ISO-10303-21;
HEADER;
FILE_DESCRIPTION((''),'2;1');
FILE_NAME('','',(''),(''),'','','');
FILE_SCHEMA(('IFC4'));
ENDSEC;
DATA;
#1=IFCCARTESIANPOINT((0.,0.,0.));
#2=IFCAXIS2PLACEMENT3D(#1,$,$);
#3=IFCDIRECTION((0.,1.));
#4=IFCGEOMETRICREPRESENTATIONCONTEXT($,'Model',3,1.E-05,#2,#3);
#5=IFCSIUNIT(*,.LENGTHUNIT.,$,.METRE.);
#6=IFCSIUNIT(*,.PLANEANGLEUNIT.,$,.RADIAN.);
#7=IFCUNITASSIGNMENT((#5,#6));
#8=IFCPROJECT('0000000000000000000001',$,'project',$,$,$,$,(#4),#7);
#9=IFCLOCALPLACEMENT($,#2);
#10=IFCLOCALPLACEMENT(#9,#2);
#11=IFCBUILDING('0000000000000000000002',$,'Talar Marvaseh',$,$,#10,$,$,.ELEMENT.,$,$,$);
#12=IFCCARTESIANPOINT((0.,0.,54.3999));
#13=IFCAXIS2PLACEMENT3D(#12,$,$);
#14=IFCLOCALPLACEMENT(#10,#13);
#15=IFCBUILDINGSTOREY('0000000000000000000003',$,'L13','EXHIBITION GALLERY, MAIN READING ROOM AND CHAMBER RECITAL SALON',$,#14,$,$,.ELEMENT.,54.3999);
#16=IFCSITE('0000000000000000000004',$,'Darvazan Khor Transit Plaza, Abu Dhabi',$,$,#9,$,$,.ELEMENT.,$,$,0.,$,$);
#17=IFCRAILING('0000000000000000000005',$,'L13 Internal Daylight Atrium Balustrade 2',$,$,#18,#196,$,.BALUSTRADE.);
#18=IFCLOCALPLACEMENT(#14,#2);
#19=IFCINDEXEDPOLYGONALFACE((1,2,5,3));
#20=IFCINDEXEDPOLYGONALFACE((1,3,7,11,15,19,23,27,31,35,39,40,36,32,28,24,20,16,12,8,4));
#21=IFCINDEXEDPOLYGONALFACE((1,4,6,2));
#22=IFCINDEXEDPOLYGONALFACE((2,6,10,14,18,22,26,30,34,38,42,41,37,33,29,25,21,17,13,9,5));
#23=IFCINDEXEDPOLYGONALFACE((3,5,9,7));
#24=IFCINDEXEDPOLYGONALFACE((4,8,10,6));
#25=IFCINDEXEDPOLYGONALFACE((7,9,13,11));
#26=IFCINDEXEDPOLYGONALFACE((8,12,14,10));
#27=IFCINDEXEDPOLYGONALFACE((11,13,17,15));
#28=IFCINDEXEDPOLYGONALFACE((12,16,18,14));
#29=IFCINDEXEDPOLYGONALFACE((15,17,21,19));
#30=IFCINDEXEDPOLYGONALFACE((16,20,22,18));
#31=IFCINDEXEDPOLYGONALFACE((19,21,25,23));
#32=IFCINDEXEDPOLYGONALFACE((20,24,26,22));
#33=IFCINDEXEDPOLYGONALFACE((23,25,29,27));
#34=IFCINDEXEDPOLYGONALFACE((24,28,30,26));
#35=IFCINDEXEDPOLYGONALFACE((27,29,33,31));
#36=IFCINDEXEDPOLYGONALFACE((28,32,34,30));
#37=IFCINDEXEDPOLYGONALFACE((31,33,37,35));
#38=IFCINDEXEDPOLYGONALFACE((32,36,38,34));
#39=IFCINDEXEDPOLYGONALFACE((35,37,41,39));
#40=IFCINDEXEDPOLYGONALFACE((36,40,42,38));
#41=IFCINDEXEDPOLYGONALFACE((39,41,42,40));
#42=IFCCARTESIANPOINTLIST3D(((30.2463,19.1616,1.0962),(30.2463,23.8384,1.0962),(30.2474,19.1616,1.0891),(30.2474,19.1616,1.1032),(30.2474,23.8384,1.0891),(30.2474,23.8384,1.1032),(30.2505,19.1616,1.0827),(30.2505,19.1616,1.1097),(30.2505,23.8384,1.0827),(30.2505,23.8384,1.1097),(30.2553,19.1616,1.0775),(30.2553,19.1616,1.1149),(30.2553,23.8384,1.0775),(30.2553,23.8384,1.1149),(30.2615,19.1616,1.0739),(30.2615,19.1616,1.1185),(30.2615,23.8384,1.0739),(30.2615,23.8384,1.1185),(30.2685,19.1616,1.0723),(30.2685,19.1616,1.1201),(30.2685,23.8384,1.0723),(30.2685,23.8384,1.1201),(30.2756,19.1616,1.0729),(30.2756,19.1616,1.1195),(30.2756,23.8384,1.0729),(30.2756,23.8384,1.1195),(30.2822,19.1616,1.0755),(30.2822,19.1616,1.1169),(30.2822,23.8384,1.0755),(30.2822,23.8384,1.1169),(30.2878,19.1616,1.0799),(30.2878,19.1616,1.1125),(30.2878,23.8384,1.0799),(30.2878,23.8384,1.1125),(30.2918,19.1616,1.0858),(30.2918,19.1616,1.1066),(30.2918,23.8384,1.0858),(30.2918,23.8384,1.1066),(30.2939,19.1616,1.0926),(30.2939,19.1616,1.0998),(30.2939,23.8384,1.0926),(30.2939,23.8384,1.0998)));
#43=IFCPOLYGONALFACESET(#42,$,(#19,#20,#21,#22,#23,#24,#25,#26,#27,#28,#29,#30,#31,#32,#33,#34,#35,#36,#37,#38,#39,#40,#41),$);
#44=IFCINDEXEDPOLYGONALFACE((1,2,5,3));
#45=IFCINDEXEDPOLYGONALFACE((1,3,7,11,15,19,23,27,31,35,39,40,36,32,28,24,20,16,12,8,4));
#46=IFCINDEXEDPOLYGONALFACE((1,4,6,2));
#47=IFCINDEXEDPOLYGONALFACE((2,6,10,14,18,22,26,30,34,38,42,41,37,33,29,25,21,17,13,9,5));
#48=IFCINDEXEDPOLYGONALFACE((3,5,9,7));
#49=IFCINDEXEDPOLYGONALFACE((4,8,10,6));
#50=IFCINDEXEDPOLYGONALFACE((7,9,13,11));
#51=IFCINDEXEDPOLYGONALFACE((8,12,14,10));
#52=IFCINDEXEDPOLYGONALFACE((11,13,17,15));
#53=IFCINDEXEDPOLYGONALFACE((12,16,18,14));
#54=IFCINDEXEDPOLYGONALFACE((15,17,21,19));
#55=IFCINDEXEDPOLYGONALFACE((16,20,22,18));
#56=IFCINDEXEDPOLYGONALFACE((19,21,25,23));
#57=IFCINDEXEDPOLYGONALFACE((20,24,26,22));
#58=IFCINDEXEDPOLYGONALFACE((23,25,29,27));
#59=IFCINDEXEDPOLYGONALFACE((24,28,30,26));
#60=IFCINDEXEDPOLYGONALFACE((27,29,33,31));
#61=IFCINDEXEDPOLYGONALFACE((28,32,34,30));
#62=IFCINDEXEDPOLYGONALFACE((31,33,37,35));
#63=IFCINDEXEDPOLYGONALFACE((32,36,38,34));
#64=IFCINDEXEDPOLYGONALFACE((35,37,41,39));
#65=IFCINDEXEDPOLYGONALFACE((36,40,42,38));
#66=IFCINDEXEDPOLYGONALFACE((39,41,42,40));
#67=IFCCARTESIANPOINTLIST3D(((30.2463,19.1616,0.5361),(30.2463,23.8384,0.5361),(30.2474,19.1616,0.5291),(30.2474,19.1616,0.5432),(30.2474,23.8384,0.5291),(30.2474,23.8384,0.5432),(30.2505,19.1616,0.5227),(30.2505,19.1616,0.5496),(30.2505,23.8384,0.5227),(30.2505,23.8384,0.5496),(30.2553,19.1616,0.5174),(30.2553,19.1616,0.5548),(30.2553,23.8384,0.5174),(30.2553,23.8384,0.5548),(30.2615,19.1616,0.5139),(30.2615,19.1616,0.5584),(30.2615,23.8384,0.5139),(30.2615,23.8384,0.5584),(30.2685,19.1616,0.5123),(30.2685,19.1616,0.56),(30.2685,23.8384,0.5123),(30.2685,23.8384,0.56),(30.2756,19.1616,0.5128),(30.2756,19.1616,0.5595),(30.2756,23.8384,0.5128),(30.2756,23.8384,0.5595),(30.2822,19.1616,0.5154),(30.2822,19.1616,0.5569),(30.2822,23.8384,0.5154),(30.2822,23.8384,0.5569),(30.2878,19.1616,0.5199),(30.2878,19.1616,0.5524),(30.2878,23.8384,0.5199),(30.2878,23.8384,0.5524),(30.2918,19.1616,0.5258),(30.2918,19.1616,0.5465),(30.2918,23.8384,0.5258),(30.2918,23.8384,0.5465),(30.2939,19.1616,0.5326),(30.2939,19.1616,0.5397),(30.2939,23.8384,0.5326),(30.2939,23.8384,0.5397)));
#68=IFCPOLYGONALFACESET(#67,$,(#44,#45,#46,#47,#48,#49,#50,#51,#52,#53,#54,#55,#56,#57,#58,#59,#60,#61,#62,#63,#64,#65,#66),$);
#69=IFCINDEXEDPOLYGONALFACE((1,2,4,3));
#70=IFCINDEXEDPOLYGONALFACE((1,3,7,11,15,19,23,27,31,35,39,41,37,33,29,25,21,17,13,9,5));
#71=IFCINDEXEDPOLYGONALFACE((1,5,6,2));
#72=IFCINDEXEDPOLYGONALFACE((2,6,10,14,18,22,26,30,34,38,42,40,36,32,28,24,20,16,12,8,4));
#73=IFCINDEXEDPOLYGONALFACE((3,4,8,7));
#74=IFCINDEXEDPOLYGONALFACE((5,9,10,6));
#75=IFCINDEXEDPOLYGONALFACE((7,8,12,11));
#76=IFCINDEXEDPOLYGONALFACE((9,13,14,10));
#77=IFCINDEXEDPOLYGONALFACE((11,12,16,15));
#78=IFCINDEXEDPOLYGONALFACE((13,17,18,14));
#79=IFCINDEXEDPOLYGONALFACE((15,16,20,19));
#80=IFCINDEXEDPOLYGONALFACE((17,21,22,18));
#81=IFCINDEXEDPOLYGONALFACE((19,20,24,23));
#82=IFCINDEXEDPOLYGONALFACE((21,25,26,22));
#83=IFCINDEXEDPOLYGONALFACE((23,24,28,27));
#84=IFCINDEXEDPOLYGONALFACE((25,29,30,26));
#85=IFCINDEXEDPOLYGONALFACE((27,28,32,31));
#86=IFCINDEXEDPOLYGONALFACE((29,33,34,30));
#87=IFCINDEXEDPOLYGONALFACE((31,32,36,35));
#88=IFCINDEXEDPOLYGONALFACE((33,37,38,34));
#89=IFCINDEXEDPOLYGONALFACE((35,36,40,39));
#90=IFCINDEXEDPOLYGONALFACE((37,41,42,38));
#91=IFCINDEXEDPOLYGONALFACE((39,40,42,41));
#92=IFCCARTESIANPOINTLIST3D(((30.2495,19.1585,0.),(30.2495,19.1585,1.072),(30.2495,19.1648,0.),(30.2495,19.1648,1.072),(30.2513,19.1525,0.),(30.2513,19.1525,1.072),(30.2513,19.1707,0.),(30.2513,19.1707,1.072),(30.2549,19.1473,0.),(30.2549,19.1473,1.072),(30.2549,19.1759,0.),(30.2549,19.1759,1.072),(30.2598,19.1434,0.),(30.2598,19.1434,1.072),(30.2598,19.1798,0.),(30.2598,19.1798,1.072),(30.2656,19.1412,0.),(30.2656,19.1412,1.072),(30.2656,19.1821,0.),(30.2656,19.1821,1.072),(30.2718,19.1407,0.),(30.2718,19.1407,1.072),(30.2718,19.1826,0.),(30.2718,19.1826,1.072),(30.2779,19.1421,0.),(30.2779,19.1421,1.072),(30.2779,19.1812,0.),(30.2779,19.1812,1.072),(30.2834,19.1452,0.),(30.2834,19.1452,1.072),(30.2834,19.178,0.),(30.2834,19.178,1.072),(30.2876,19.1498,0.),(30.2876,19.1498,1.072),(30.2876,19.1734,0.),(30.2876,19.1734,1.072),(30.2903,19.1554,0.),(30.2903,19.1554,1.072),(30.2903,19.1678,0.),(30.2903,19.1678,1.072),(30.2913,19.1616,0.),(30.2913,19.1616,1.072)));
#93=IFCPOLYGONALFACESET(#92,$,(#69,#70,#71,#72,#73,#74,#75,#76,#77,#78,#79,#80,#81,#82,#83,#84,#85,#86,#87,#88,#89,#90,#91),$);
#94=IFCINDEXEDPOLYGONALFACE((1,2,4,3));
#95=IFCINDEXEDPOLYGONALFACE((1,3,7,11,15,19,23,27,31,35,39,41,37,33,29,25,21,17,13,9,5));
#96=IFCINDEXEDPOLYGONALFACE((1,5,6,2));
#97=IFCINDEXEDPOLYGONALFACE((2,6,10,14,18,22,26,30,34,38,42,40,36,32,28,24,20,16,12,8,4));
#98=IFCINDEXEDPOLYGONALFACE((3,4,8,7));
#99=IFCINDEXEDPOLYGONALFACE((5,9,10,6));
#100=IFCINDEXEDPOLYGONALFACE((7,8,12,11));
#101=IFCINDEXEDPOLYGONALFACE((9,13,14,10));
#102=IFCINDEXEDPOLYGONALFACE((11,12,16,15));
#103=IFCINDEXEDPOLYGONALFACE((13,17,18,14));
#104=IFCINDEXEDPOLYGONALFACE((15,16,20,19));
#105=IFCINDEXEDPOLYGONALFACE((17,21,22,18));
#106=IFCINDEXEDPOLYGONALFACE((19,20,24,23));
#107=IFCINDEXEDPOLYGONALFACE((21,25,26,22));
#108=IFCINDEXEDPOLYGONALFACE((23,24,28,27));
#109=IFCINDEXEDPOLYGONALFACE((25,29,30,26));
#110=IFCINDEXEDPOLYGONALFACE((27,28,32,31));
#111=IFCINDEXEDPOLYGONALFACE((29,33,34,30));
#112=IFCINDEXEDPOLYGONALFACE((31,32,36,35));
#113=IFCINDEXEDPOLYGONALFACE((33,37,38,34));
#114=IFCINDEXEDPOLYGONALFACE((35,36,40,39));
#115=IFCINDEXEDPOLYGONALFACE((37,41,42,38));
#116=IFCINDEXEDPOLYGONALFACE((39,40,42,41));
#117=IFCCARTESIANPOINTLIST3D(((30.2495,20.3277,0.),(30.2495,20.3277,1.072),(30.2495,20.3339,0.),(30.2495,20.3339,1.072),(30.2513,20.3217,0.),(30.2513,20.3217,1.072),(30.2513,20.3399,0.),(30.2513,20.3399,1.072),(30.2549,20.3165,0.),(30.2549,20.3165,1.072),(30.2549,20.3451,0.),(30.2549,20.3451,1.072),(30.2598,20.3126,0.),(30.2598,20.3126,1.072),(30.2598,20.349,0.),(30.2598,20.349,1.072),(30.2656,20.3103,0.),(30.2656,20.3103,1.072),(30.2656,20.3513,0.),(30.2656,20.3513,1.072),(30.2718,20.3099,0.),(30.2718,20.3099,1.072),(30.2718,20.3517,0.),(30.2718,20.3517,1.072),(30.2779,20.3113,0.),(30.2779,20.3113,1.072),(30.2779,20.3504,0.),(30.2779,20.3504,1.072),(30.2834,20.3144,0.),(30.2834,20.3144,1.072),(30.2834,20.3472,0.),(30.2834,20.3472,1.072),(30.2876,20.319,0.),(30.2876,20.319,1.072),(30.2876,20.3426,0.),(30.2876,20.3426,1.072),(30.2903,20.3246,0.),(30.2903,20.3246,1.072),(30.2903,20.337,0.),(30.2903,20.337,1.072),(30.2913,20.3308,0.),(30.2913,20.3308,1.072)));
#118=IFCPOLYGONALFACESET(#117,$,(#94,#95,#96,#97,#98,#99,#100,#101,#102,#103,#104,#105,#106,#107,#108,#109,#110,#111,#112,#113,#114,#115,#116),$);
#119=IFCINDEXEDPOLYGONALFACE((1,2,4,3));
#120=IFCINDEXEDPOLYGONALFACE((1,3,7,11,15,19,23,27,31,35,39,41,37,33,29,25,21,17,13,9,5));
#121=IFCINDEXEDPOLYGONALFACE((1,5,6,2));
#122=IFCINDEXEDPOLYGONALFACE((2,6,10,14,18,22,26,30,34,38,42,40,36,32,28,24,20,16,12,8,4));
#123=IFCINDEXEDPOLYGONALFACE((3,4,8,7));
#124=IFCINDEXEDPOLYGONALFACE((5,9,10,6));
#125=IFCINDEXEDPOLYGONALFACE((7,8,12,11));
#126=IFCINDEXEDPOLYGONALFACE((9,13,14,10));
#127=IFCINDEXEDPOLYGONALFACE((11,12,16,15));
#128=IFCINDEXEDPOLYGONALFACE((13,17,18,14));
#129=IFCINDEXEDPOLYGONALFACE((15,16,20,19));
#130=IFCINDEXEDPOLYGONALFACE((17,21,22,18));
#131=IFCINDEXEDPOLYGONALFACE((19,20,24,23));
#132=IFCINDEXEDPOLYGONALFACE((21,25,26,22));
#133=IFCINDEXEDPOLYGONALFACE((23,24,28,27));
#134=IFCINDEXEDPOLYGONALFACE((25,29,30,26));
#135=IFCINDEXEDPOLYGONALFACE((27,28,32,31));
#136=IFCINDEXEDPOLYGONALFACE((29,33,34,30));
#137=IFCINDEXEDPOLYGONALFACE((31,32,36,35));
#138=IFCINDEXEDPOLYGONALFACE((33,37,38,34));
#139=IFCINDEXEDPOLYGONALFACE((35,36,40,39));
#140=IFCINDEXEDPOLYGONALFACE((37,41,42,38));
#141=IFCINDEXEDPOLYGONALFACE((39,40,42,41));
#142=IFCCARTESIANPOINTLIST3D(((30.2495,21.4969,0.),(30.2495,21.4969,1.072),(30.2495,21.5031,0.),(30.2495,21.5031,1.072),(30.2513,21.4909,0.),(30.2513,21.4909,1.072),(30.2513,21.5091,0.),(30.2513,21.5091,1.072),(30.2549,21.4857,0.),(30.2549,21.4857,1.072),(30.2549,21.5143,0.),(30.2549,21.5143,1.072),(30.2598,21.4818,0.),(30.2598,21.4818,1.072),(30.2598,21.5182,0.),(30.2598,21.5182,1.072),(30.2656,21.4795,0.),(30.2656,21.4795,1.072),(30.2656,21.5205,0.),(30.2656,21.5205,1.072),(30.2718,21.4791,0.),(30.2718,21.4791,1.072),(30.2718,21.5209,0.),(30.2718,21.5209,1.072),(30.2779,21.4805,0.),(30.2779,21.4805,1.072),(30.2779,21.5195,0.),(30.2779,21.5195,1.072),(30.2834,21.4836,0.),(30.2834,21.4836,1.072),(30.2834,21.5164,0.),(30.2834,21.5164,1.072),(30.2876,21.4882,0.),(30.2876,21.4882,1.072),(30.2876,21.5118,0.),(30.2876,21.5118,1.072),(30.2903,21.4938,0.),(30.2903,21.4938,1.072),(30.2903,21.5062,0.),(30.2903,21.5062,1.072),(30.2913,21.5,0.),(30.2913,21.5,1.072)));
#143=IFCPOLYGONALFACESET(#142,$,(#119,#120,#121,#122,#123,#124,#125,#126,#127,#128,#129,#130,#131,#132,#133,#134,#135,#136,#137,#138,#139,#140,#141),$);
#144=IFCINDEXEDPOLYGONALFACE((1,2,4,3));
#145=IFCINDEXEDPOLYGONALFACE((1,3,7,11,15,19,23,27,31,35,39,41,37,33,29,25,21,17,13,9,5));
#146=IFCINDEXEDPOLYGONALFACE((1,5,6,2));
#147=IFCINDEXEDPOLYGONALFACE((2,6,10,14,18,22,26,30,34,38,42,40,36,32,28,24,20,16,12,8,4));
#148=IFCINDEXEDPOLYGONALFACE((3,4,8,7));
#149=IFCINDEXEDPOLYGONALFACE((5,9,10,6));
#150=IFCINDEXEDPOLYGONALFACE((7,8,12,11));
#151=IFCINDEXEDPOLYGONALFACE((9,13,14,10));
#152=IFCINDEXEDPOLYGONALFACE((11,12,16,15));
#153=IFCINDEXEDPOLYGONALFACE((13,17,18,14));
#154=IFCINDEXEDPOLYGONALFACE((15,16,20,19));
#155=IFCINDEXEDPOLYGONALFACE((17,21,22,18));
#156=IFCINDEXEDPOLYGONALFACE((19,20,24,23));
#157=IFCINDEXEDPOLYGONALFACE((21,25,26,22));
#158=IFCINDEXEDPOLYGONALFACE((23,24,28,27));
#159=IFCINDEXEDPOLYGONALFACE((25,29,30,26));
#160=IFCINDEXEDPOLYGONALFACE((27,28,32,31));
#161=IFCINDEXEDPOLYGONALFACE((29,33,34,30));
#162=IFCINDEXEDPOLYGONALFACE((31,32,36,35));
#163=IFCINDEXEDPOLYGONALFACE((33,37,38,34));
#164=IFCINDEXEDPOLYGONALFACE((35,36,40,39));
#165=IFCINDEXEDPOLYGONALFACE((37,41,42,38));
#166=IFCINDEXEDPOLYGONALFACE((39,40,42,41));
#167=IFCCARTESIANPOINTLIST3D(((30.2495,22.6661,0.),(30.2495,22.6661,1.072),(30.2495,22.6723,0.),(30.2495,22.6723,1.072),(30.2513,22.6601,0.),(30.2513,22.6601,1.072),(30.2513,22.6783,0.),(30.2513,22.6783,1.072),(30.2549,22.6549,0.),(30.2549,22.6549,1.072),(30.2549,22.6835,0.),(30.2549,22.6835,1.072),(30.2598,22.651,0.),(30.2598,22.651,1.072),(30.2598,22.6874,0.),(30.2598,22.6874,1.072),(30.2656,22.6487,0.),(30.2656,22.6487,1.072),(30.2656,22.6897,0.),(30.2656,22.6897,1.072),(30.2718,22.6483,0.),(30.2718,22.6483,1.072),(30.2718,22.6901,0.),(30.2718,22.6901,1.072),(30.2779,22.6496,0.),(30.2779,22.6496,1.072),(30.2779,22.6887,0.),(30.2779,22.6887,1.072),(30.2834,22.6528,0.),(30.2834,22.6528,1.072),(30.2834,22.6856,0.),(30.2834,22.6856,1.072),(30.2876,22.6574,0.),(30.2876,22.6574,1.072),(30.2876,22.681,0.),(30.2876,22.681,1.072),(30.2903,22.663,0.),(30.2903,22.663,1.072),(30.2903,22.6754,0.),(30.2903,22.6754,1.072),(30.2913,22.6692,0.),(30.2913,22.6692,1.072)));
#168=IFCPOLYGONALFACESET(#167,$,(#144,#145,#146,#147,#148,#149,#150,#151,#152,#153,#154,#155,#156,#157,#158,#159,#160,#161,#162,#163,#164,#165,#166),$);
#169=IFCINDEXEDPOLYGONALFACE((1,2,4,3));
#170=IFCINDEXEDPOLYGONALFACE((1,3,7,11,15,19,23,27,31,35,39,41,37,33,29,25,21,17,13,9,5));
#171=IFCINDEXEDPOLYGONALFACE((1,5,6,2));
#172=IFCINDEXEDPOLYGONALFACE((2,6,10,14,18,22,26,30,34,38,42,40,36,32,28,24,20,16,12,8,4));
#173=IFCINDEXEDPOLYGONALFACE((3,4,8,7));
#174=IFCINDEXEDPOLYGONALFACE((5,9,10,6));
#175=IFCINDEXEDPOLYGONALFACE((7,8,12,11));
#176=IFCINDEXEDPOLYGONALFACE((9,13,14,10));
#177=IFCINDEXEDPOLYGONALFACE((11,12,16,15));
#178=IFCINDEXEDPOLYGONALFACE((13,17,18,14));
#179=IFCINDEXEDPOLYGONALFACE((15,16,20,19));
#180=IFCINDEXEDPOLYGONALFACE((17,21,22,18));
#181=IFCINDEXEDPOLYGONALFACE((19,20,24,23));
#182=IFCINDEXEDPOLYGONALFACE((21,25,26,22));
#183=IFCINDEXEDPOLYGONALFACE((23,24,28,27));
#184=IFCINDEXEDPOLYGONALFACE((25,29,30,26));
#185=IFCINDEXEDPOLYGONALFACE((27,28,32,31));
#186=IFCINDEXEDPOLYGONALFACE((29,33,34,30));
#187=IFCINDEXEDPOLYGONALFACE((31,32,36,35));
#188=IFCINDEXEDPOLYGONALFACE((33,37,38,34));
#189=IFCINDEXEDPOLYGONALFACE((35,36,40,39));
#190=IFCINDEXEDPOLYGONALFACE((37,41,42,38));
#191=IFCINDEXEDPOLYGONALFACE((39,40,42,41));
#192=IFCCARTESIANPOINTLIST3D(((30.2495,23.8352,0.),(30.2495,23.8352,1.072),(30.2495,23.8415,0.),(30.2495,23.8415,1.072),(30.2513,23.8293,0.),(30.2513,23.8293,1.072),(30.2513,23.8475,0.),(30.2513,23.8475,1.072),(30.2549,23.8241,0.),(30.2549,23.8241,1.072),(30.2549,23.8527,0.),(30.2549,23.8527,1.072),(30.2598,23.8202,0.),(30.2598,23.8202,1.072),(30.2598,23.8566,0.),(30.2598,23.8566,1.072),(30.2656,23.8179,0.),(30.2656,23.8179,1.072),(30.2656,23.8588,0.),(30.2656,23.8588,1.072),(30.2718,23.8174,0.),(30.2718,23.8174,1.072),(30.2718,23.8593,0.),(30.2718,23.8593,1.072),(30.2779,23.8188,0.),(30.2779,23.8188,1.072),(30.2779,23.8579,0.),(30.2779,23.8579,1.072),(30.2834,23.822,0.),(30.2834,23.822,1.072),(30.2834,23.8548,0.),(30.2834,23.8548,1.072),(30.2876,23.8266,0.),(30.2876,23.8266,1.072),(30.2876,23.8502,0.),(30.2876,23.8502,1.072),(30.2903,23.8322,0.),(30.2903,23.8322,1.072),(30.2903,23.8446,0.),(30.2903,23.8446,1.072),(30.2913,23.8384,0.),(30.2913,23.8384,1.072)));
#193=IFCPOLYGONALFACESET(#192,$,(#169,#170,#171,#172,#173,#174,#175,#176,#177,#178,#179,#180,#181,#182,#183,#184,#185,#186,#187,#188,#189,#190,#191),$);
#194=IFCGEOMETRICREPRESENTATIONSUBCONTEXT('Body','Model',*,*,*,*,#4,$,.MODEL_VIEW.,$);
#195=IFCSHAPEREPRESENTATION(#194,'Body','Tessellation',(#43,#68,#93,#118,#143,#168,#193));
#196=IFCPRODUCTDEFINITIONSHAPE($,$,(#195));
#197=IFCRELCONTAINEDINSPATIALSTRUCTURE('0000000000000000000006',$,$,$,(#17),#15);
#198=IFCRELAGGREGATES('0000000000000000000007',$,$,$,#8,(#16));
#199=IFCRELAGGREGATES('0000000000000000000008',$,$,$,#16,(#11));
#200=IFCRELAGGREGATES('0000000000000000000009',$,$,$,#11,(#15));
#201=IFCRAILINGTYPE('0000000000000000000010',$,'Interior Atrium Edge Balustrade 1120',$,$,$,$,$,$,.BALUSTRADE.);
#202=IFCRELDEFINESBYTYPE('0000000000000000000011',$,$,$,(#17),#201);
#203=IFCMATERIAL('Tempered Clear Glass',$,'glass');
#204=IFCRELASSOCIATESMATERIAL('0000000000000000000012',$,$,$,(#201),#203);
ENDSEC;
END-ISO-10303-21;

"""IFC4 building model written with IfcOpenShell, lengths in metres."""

from ifc_helpers import new_model, si_unit, direction, frame, origin, origin_2d, place, context, subcontext, project, spatial, circle, extrude, material, type_object, element, save


model = new_model("IFC4")

# Units and contexts
model_context = context("Model", 3, precision=1e-05, world=origin(), true_north=direction((0.0, 1.0)))
body_context = subcontext(model_context, "Body", "Model", "MODEL_VIEW")
ifc_project = project(units=[si_unit("LENGTHUNIT", "METRE"), si_unit("PLANEANGLEUNIT", "RADIAN")], contexts=[model_context])

# Site, building, storey
site_placement = place(None, origin())
site = spatial("IfcSite", under=ifc_project, at=site_placement, Name="Darvazan Khor Transit Plaza, Abu Dhabi", CompositionType="ELEMENT", RefElevation=0.0)
building_placement = place(site_placement, origin())
building = spatial("IfcBuilding", under=site, at=building_placement, Name="Talar Marvaseh", CompositionType="ELEMENT")
storey_placement = place(building_placement, frame((0.0, 0.0, 54.3999)))
storey = spatial("IfcBuildingStorey", under=building, at=storey_placement, Name="L13", Description="EXHIBITION GALLERY, MAIN READING ROOM AND CHAMBER RECITAL SALON", CompositionType="ELEMENT", Elevation=54.3999)

# Railing
ifc_material_1 = material(Name="Tempered Clear Glass", Category="glass")
railing_type_1 = type_object("IfcRailingType", Name="Interior Atrium Edge Balustrade 1120", PredefinedType="BALUSTRADE", material=ifc_material_1)
railing_1_placement = place(storey_placement, frame((30.2703, 19.1616, 0.0)))
element("IfcRailing", 1, at=railing_1_placement, inside=storey, type_object=railing_type_1, Name="L13 Internal Daylight Atrium Balustrade 2", PredefinedType="BALUSTRADE", context=body_context, shape_type="SweptSolid", body=[
    extrude(circle(Radius=0.0239, at=origin_2d()), frame((0.0, 0.0, 1.0962), z_axis=(0.0, 1.0, 0.0), x_axis=(-1.0, 0.0, 0.0)), (0.0, 0.0, 1.0), 4.6768),
    extrude(circle(Radius=0.0239, at=origin_2d()), frame((0.0, 0.0, 0.5361), z_axis=(0.0, 1.0, 0.0), x_axis=(-1.0, 0.0, 0.0)), (0.0, 0.0, 1.0), 4.6768),
    extrude(circle(Radius=0.021, at=origin_2d()), origin(), (0.0, 0.0, 1.0), 1.072),
    extrude(circle(Radius=0.021, at=origin_2d()), frame((0.0, 1.1692, 0.0)), (0.0, 0.0, 1.0), 1.072),
    extrude(circle(Radius=0.021, at=origin_2d()), frame((0.0, 2.3384, 0.0)), (0.0, 0.0, 1.0), 1.072),
    extrude(circle(Radius=0.021, at=origin_2d()), frame((0.0, 3.5076, 0.0)), (0.0, 0.0, 1.0), 1.072),
    extrude(circle(Radius=0.021, at=origin_2d()), frame((0.0, 4.6768, 0.0)), (0.0, 0.0, 1.0), 1.072),
])

save(model, "model.ifc")
